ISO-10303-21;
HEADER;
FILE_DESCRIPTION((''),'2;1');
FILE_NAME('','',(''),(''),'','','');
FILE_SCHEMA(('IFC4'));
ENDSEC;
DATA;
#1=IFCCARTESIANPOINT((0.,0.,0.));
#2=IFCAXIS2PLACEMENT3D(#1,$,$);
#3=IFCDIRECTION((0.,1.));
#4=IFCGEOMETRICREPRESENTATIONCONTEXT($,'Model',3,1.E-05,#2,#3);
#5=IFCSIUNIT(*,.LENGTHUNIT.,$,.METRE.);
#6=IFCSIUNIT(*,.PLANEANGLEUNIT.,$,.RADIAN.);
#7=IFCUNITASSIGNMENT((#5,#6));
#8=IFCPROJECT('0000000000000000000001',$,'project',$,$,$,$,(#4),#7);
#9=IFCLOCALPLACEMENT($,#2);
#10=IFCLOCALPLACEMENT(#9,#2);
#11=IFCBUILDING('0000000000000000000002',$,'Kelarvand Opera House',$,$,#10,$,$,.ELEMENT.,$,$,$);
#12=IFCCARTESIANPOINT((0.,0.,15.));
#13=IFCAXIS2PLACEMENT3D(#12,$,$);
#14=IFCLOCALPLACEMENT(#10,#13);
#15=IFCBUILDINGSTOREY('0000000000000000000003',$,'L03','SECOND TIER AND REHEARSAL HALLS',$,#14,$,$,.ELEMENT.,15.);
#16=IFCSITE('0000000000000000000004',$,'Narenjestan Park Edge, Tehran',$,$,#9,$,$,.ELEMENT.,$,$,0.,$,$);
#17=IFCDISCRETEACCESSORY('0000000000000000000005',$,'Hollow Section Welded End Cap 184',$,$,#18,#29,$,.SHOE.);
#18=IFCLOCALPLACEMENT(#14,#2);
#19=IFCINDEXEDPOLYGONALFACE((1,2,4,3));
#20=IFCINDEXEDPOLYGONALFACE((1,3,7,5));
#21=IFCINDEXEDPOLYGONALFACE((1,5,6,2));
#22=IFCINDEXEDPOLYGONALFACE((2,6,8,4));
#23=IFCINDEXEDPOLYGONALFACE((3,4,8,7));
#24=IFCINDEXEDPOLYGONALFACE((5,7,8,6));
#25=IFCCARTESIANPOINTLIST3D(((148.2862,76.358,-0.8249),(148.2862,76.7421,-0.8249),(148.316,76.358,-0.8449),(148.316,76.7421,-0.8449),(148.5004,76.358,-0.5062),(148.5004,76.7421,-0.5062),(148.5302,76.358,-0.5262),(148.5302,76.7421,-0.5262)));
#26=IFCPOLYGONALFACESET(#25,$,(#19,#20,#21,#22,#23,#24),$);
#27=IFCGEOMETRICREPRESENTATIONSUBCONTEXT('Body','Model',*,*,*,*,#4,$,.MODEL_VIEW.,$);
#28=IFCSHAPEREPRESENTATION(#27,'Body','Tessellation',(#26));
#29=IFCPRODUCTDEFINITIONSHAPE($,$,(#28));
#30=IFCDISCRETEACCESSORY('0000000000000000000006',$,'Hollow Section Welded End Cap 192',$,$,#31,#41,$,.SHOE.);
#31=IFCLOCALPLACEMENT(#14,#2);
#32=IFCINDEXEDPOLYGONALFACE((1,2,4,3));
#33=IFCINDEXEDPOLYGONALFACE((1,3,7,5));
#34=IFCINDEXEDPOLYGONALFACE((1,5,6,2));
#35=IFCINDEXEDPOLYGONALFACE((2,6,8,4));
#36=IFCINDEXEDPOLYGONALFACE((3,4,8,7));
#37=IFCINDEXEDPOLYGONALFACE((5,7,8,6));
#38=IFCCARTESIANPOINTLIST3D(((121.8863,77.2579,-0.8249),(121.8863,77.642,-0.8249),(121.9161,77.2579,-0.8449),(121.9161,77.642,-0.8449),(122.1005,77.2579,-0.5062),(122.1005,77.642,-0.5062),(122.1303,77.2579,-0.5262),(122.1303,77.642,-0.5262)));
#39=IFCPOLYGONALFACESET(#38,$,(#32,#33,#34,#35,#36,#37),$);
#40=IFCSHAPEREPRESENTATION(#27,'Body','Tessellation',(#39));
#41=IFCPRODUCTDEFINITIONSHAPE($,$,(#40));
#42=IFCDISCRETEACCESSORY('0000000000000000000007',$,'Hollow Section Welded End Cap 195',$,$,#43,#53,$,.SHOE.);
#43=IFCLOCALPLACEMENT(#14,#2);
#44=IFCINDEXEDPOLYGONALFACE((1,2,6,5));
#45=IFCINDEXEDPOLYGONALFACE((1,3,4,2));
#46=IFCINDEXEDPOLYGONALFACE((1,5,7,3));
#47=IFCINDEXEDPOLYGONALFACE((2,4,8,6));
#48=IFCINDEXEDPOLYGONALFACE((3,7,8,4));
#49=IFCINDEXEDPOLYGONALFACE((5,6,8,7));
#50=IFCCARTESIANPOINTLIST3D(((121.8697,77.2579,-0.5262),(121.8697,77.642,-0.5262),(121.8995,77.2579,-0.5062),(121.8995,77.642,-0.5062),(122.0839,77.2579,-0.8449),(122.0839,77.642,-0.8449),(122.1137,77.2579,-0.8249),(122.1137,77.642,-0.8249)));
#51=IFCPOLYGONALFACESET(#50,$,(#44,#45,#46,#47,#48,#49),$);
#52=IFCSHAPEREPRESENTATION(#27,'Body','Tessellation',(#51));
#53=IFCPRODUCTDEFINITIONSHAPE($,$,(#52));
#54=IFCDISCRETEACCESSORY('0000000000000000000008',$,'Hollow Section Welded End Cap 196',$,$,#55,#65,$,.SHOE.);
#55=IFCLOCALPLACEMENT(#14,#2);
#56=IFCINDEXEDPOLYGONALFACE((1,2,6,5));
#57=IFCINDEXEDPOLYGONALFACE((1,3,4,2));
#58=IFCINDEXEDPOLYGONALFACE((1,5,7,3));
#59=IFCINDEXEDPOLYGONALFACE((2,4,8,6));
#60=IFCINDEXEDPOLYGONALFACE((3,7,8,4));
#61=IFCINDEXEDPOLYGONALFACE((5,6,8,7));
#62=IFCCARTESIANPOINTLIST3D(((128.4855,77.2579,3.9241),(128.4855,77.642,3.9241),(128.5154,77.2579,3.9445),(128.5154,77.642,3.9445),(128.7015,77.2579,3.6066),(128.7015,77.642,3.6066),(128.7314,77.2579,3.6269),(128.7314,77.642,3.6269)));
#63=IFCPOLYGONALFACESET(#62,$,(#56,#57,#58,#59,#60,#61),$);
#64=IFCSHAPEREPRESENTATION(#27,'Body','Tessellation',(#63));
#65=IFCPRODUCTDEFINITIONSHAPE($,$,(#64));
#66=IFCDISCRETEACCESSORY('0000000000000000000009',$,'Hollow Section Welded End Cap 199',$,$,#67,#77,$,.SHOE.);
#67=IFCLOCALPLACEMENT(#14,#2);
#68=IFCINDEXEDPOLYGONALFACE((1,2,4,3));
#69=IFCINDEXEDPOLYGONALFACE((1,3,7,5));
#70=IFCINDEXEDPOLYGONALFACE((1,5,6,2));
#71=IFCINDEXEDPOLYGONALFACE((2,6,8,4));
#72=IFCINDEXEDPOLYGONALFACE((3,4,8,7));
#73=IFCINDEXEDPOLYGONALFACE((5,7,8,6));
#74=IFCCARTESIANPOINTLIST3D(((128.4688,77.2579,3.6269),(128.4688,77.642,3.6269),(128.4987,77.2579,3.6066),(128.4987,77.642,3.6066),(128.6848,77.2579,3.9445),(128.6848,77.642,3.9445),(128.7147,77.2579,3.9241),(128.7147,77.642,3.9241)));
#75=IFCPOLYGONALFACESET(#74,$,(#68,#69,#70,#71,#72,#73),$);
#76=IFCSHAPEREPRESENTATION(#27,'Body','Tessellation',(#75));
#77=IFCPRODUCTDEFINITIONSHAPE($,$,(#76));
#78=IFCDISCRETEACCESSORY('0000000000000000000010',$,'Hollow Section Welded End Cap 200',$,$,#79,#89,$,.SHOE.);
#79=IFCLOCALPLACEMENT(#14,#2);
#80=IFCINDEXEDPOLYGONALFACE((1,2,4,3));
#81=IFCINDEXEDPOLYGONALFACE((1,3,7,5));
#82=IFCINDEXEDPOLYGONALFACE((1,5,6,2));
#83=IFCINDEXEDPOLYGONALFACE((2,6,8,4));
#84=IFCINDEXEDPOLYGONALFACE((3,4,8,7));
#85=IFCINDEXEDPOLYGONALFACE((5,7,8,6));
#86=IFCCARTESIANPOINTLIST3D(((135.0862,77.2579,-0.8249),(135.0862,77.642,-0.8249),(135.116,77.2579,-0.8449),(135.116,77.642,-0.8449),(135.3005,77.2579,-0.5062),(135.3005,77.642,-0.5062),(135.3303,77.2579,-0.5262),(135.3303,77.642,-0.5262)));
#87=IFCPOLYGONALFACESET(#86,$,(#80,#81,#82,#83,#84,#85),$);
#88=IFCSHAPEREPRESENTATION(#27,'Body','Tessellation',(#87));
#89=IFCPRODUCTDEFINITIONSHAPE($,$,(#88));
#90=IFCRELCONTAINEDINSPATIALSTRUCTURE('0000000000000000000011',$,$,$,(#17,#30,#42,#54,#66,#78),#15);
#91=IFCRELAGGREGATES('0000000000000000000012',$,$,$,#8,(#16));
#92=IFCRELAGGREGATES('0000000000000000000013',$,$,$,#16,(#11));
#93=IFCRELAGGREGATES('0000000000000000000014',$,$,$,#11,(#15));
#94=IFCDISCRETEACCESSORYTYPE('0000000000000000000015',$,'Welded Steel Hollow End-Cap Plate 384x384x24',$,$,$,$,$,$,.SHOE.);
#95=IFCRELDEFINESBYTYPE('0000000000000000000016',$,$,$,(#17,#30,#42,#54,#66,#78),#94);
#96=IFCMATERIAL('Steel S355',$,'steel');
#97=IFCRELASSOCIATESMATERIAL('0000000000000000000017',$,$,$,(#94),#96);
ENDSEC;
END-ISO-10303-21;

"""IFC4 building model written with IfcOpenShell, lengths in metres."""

from ifc_helpers import new_model, si_unit, direction, frame, origin, origin_2d, place, context, subcontext, project, spatial, rectangle, extrude, material, material_profile, profile_set, type_object, element, save


model = new_model("IFC4")

# Units and contexts
model_context = context("Model", 3, precision=1e-05, world=origin(), true_north=direction((0.0, 1.0)))
body_context = subcontext(model_context, "Body", "Model", "MODEL_VIEW")
ifc_project = project(units=[si_unit("LENGTHUNIT", "METRE"), si_unit("PLANEANGLEUNIT", "RADIAN")], contexts=[model_context])

# Site, building, storey
site_placement = place(None, origin())
site = spatial("IfcSite", under=ifc_project, at=site_placement, Name="Narenjestan Park Edge, Tehran", CompositionType="ELEMENT", RefElevation=0.0)
building_placement = place(site_placement, origin())
building = spatial("IfcBuilding", under=site, at=building_placement, Name="Kelarvand Opera House", CompositionType="ELEMENT")
storey_placement = place(building_placement, frame((0.0, 0.0, 15.0)))
storey = spatial("IfcBuildingStorey", under=building, at=storey_placement, Name="L03", Description="SECOND TIER AND REHEARSAL HALLS", CompositionType="ELEMENT", Elevation=15.0)

# Shared definitions
ifc_material = material(Name="Steel S355", Category="steel")

# Discrete accessories
ifc_material_profile_1 = material_profile(ifc_material, rectangle(XDim=0.384, YDim=0.384, at=origin_2d()), Name="Welded Steel Hollow End-Cap Plate 384x384x24", Category="steel")
ifc_profile_set_1 = profile_set([ifc_material_profile_1], Name="Steel S355")
discrete_accessory_type = type_object("IfcDiscreteAccessoryType", Name="Welded Steel Hollow End-Cap Plate 384x384x24", PredefinedType="SHOE", material=ifc_profile_set_1)
for number, where, z_axis, x_axis, name in (
    (1, (148.3933, 76.55, -0.6655), (0.829951, 0.0, -0.557836), (0.0, 1.0, 0.0), "Hollow Section Welded End Cap 184"),
    (2, (121.9934, 77.45, -0.6655), (0.829951, 0.0, -0.557836), (0.0, 1.0, 0.0), "Hollow Section Welded End Cap 192"),
    (3, (122.0066, 77.45, -0.6655), (-0.829951, 0.0, -0.557836), (0.0, -1.0, 0.0), "Hollow Section Welded End Cap 195"),
):
    element("IfcDiscreteAccessory", number, at=place(storey_placement, frame(where, z_axis=z_axis, x_axis=x_axis)), inside=storey, type_object=discrete_accessory_type, Name=name, PredefinedType="SHOE", context=body_context, shape_type="SweptSolid", body=[
        extrude(rectangle(XDim=0.384, YDim=0.384, at=origin_2d()), origin(), (0.0, 0.0, 1.0), 0.0359),
    ])
for number, where, z_axis, x_axis, name in (
    (4, (128.5935, 77.45, 3.7654), (0.8268, 0.0, 0.562495), (0.0, 1.0, 0.0), "Hollow Section Welded End Cap 196"),
    (5, (128.6067, 77.45, 3.7654), (-0.8268, 0.0, 0.562495), (0.0, -1.0, 0.0), "Hollow Section Welded End Cap 199"),
):
    element("IfcDiscreteAccessory", number, at=place(storey_placement, frame(where, z_axis=z_axis, x_axis=x_axis)), inside=storey, type_object=discrete_accessory_type, Name=name, PredefinedType="SHOE", context=body_context, shape_type="SweptSolid", body=[
        extrude(rectangle(XDim=0.384, YDim=0.384, at=origin_2d()), origin(), (0.0, 0.0, 1.0), 0.0361),
    ])
discrete_accessory_1_placement = place(storey_placement, frame((135.1934, 77.45, -0.6655), z_axis=(0.829951, 0.0, -0.557836), x_axis=(0.0, 1.0, 0.0)))
element("IfcDiscreteAccessory", 6, at=discrete_accessory_1_placement, inside=storey, type_object=discrete_accessory_type, Name="Hollow Section Welded End Cap 200", PredefinedType="SHOE", context=body_context, shape_type="SweptSolid", body=[
    extrude(rectangle(XDim=0.384, YDim=0.384, at=origin_2d()), origin(), (0.0, 0.0, 1.0), 0.0359),
])

save(model, "model.ifc")
